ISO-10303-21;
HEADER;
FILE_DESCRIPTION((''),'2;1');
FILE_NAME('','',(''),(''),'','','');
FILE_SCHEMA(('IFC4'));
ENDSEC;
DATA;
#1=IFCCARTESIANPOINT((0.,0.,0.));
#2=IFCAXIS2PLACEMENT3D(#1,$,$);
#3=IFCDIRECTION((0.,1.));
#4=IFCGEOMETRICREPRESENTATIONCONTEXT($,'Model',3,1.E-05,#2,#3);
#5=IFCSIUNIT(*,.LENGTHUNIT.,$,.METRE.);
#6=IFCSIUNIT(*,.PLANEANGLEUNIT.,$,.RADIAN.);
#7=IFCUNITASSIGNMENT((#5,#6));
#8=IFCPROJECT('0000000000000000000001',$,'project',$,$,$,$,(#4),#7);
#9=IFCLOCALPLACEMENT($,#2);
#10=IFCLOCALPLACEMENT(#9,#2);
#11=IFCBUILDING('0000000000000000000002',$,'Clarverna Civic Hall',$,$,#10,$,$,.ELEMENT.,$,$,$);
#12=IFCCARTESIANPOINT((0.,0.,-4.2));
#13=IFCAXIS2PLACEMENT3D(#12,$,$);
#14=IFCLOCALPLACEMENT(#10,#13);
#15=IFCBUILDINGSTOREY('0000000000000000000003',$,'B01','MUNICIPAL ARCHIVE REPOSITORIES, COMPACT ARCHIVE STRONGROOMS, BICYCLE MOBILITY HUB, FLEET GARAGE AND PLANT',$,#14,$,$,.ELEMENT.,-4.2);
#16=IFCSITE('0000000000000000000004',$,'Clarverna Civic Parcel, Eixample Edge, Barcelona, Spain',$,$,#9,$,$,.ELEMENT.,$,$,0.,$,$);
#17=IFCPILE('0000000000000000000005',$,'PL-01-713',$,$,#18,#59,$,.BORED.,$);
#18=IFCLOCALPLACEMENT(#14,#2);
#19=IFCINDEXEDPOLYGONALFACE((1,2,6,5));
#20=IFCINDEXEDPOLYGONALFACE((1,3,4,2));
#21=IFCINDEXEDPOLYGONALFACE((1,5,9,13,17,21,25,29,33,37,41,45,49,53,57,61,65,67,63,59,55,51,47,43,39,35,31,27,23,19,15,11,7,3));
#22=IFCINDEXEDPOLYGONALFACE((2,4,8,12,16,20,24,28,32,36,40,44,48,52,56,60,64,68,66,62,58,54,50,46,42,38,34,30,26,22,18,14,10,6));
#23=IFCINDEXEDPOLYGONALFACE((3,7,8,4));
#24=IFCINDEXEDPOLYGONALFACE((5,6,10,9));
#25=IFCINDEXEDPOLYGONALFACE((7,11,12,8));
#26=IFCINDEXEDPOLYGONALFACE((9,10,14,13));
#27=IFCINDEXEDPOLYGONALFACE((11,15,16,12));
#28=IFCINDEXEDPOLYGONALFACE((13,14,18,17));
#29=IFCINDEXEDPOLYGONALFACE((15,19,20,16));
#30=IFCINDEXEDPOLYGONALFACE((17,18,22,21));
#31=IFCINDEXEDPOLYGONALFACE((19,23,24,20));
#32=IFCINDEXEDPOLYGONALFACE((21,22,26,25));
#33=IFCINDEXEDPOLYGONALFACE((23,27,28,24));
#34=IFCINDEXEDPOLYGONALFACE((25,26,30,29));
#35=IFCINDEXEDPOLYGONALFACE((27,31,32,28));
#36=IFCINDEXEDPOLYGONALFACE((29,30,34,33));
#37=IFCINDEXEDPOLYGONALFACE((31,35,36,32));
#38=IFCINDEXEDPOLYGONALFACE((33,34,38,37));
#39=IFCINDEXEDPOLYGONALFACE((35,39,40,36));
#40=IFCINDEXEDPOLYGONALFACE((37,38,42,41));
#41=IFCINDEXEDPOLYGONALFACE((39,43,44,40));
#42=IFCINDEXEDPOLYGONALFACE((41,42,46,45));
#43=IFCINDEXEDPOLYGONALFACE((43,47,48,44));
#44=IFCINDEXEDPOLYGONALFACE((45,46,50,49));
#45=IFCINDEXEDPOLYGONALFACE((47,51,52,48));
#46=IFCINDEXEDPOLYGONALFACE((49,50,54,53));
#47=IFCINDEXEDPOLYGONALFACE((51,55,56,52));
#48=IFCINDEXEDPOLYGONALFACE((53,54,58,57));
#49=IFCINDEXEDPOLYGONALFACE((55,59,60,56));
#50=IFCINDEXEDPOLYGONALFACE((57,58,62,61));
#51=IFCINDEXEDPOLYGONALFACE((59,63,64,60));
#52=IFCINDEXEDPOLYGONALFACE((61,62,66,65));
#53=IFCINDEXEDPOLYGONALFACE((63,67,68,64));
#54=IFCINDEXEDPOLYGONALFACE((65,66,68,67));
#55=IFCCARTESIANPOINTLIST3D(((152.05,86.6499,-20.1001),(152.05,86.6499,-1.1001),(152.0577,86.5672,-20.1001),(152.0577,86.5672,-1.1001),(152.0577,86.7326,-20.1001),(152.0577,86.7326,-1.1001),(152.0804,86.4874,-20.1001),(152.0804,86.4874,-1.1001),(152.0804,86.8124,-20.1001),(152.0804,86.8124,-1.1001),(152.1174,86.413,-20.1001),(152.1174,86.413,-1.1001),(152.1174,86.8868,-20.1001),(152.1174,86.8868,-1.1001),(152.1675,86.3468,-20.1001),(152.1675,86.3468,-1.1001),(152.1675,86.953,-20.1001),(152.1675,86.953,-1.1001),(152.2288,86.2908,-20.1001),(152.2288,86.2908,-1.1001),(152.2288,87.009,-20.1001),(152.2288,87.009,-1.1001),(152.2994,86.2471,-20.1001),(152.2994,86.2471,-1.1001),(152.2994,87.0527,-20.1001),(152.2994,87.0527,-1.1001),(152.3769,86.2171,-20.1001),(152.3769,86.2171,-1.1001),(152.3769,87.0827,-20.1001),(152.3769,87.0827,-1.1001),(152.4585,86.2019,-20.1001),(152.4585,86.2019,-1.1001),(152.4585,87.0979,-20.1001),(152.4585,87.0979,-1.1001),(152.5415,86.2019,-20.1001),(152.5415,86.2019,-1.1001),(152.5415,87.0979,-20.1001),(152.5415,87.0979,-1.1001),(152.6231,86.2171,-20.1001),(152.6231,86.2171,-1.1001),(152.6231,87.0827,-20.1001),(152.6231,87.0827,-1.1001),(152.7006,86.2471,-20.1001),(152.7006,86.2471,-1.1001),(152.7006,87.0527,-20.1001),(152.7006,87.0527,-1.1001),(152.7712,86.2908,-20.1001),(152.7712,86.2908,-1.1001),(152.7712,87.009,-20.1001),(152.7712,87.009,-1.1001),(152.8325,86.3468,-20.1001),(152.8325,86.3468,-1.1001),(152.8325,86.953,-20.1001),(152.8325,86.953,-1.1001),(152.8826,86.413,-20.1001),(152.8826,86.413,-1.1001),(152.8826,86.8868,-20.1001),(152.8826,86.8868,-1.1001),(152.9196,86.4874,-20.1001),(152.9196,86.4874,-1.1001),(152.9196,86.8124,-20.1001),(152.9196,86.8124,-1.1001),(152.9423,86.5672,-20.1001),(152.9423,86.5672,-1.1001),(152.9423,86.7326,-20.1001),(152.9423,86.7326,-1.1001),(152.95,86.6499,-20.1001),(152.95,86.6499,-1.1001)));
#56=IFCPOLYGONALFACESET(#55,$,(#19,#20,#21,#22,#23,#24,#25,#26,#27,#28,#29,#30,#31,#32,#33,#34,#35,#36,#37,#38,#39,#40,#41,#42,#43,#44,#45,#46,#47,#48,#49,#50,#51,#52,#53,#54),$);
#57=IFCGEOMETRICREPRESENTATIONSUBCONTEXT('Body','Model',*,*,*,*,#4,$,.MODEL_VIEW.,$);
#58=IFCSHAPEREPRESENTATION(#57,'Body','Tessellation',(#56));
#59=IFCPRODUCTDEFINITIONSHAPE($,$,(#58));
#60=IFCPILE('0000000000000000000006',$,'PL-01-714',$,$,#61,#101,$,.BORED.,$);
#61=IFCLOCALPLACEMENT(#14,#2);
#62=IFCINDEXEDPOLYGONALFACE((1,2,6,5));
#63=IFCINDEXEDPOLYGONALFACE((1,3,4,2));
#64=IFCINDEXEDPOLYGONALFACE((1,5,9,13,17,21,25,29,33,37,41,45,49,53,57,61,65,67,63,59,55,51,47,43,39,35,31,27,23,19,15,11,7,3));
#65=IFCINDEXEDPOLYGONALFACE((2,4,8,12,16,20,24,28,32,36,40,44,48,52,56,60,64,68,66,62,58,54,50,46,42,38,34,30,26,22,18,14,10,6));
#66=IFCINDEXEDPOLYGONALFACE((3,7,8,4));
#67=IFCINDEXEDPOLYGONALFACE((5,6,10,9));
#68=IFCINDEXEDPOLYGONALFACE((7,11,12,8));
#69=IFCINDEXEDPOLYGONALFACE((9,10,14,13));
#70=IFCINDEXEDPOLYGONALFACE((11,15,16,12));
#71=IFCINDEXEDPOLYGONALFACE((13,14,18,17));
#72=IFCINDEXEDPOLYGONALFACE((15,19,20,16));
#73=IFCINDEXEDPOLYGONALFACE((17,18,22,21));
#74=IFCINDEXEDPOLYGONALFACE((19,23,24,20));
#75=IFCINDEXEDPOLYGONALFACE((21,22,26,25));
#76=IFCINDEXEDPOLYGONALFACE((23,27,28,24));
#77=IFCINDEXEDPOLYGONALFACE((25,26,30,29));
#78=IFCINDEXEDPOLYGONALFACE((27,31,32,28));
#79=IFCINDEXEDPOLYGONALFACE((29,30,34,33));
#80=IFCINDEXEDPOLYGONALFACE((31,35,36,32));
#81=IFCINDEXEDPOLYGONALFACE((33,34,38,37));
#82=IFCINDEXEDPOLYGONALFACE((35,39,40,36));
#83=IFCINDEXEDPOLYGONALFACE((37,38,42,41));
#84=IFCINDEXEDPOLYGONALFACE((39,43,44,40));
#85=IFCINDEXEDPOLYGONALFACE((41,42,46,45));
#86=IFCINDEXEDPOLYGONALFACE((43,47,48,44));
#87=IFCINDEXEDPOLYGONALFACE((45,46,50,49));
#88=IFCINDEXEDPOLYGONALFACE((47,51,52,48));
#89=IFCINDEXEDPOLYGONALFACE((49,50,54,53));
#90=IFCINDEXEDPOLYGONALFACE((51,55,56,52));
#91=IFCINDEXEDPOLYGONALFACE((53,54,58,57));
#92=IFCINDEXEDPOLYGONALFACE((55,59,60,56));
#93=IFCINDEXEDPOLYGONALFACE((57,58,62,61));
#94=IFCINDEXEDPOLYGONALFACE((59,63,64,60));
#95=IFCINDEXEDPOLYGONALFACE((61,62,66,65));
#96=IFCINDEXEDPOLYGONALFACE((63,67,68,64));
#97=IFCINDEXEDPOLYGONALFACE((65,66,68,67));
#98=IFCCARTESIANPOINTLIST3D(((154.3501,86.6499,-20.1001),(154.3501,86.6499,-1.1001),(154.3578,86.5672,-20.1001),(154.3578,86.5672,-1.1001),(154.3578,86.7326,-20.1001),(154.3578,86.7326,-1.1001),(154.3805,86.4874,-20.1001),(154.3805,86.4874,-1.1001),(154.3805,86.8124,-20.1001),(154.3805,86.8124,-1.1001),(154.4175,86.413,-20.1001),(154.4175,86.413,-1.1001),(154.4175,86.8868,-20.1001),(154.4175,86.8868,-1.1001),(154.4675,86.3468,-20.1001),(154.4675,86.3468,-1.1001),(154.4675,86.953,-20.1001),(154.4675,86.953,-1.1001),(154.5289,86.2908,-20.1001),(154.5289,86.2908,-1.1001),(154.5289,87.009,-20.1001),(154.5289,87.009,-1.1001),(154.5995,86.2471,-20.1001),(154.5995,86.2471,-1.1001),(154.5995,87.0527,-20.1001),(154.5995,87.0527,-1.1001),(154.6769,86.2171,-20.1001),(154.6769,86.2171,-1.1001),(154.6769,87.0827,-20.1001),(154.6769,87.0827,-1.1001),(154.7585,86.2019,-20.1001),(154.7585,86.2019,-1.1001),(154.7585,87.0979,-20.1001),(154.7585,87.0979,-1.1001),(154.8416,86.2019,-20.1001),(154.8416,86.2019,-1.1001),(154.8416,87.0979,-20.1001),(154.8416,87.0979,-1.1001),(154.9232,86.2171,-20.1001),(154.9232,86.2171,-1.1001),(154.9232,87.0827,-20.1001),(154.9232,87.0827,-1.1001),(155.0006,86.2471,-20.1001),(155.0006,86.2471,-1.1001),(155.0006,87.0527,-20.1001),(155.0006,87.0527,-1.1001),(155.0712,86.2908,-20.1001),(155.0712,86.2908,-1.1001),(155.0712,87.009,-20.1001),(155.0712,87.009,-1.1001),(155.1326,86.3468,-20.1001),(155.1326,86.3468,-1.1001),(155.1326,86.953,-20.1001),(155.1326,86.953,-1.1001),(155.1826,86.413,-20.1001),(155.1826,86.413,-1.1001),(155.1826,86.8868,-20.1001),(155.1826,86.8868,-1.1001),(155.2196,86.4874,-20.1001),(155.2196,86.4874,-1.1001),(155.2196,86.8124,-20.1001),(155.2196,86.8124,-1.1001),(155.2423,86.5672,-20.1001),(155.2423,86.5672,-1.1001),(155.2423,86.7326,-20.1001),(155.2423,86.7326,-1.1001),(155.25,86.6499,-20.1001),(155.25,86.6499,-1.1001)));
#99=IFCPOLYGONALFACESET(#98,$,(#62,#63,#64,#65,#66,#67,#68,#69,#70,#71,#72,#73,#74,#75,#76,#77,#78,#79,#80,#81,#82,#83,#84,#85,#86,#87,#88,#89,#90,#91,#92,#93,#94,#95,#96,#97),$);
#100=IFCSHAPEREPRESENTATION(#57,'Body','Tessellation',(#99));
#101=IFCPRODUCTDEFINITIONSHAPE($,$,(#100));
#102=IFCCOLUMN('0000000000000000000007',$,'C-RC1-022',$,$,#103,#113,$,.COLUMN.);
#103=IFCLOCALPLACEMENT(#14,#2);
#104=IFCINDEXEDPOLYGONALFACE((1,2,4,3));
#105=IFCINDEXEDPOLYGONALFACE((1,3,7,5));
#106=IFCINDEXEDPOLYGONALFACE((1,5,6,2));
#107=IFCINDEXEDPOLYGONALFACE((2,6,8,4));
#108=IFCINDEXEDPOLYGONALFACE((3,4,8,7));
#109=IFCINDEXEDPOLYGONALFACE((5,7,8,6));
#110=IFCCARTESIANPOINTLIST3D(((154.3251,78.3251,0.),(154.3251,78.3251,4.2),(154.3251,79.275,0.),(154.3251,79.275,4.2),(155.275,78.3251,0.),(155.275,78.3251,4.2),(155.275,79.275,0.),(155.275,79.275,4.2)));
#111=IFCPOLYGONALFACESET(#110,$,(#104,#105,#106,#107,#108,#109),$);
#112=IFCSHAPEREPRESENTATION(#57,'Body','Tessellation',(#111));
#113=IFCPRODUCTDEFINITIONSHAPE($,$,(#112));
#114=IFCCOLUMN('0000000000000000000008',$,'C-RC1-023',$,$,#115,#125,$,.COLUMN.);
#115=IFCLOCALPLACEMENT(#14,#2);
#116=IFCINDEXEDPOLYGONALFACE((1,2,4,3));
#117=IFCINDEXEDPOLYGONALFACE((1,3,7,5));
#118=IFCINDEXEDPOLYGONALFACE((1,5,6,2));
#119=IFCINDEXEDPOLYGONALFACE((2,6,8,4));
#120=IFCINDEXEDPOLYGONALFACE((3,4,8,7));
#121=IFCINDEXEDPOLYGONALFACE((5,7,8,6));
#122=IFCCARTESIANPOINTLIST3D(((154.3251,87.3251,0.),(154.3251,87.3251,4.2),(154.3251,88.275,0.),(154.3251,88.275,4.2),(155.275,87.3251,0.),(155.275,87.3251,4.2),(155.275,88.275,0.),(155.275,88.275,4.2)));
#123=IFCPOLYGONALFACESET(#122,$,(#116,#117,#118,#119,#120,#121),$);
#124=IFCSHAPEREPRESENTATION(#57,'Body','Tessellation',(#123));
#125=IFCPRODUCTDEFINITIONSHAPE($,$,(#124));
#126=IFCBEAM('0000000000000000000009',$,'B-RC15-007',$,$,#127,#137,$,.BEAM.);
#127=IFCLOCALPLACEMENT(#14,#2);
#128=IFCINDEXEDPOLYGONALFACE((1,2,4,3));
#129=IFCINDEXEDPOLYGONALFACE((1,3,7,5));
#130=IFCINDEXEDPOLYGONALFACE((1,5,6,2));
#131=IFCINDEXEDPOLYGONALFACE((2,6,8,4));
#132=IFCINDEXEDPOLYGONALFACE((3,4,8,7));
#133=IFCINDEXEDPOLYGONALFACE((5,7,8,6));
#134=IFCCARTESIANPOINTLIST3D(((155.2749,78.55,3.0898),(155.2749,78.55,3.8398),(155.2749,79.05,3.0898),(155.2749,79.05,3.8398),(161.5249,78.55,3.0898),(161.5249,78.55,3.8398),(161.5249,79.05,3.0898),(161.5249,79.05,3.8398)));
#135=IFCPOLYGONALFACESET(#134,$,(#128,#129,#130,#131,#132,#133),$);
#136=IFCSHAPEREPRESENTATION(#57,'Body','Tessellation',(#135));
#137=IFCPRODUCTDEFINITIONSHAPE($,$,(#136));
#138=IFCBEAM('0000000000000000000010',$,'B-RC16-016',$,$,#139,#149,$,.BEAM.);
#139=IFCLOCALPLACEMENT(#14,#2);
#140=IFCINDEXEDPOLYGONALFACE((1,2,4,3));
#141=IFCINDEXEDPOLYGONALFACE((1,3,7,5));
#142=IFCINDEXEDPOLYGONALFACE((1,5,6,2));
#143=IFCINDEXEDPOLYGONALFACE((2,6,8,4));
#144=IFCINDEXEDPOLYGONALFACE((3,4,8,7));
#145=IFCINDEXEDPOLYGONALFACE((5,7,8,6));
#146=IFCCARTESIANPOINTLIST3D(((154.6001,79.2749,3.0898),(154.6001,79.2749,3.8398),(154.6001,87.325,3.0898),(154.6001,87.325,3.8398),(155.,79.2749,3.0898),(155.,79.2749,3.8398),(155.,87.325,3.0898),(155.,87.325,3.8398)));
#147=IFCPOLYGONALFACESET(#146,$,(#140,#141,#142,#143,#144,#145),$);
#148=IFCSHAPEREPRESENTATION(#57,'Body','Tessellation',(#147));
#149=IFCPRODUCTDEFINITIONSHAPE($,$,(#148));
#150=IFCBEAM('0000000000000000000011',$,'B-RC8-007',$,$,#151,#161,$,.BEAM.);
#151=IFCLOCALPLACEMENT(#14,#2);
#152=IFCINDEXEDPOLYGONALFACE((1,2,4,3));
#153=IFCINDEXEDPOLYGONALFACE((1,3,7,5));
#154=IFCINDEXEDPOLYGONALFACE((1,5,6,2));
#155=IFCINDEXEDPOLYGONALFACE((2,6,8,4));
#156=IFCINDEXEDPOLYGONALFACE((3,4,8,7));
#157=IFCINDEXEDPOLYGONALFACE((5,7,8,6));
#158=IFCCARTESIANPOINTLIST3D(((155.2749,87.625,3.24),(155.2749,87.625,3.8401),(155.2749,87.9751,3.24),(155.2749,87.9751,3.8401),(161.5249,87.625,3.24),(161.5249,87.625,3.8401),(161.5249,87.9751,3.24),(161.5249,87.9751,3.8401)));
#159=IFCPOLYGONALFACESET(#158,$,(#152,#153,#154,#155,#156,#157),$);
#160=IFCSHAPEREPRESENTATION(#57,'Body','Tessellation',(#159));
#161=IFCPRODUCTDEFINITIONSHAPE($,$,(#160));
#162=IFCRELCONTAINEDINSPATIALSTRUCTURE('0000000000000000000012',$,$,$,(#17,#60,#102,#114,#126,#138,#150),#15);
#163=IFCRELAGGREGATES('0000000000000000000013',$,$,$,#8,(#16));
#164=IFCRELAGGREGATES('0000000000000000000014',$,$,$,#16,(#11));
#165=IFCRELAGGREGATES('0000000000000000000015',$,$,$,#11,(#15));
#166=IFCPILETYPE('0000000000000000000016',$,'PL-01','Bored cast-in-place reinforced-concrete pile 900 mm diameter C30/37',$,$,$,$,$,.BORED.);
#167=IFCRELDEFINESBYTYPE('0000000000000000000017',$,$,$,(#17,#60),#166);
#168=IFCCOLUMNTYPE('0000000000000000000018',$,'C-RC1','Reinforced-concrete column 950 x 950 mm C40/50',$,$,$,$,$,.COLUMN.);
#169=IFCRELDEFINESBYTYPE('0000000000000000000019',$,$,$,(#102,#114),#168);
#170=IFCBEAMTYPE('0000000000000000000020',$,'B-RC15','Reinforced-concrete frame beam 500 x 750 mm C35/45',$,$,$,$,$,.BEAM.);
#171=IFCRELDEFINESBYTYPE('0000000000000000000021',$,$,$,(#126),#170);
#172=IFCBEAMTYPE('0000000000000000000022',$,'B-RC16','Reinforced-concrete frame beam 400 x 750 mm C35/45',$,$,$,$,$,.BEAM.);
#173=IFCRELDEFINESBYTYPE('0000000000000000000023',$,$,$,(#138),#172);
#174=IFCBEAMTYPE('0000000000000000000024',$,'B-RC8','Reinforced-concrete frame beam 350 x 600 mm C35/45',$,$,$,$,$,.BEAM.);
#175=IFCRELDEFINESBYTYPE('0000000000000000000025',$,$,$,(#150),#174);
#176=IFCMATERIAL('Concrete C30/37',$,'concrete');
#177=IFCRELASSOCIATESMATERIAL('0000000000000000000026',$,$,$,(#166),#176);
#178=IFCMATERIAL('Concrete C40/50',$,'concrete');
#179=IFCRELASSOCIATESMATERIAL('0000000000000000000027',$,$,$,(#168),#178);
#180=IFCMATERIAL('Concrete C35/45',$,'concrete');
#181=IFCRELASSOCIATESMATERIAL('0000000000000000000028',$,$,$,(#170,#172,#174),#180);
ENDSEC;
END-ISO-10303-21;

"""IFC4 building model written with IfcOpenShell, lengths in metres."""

from ifc_helpers import new_model, si_unit, direction, frame, origin, origin_2d, place, context, subcontext, project, spatial, rectangle, circle, extrude, material, material_profile, profile_set, type_object, element, save


model = new_model("IFC4")

# Units and contexts
model_context = context("Model", 3, precision=1e-05, world=origin(), true_north=direction((0.0, 1.0)))
body_context = subcontext(model_context, "Body", "Model", "MODEL_VIEW")
ifc_project = project(units=[si_unit("LENGTHUNIT", "METRE"), si_unit("PLANEANGLEUNIT", "RADIAN")], contexts=[model_context])

# Site, building, storey
site_placement = place(None, origin())
site = spatial("IfcSite", under=ifc_project, at=site_placement, Name="Clarverna Civic Parcel, Eixample Edge, Barcelona, Spain", CompositionType="ELEMENT", RefElevation=0.0)
building_placement = place(site_placement, origin())
building = spatial("IfcBuilding", under=site, at=building_placement, Name="Clarverna Civic Hall", CompositionType="ELEMENT")
storey_placement = place(building_placement, frame((0.0, 0.0, -4.2)))
storey = spatial("IfcBuildingStorey", under=building, at=storey_placement, Name="B01", Description="MUNICIPAL ARCHIVE REPOSITORIES, COMPACT ARCHIVE STRONGROOMS, BICYCLE MOBILITY HUB, FLEET GARAGE AND PLANT", CompositionType="ELEMENT", Elevation=-4.2)

# Shared definitions
ifc_material_1 = material(Name="Concrete C30/37", Category="concrete")

# Piles
ifc_material_profile_1 = material_profile(ifc_material_1, circle(Radius=0.45, at=origin_2d()), Name="BORED PILE D900")
ifc_profile_set_1 = profile_set([ifc_material_profile_1], Name="Concrete C30/37")
pile_type = type_object("IfcPileType", Name="PL-01", Description="Bored cast-in-place reinforced-concrete pile 900 mm diameter C30/37", PredefinedType="BORED", material=ifc_profile_set_1)
for number, where, z_axis, x_axis, name in (
    (1, (152.5, 86.6499, -1.1001), (0.0, 0.0, -1.0), (1.0, 0.0, 0.0), "PL-01-713"),
    (2, (154.8, 86.6499, -1.1001), (0.0, 0.0, -1.0), (1.0, 0.0, 0.0), "PL-01-714"),
):
    element("IfcPile", number, at=place(storey_placement, frame(where, z_axis=z_axis, x_axis=x_axis)), inside=storey, type_object=pile_type, Name=name, PredefinedType="BORED", context=body_context, shape_type="SweptSolid", body=[
        extrude(circle(Radius=0.45, at=origin_2d()), origin(), (0.0, 0.0, 1.0), 19.0),
    ])

# Columns
ifc_material_2 = material(Name="Concrete C40/50", Category="concrete")
ifc_material_profile_2 = material_profile(ifc_material_2, rectangle(XDim=0.95, YDim=0.95, at=origin_2d()), Name="RC 950x950")
ifc_profile_set_2 = profile_set([ifc_material_profile_2], Name="Concrete C40/50")
column_type = type_object("IfcColumnType", Name="C-RC1", Description="Reinforced-concrete column 950 x 950 mm C40/50", PredefinedType="COLUMN", material=ifc_profile_set_2)
for number, where, z_axis, x_axis, name in (
    (3, (154.8, 78.8, 0.0), (0.0, 0.0, 1.0), (1.0, 0.0, 0.0), "C-RC1-022"),
    (4, (154.8, 87.8, 0.0), (0.0, 0.0, 1.0), (1.0, 0.0, 0.0), "C-RC1-023"),
):
    element("IfcColumn", number, at=place(storey_placement, frame(where, z_axis=z_axis, x_axis=x_axis)), inside=storey, type_object=column_type, Name=name, PredefinedType="COLUMN", context=body_context, shape_type="SweptSolid", body=[
        extrude(rectangle(XDim=0.95, YDim=0.95, at=origin_2d()), origin(), (0.0, 0.0, 1.0), 4.2),
    ])

# Beams
ifc_material_3 = material(Name="Concrete C35/45", Category="concrete")
ifc_material_profile_3 = material_profile(ifc_material_3, rectangle(XDim=0.5, YDim=0.75, at=origin_2d()), Name="RC 500x750")
ifc_profile_set_3 = profile_set([ifc_material_profile_3], Name="Concrete C35/45")
beam_type_1 = type_object("IfcBeamType", Name="B-RC15", Description="Reinforced-concrete frame beam 500 x 750 mm C35/45", PredefinedType="BEAM", material=ifc_profile_set_3)
beam_1_placement = place(storey_placement, frame((155.2749, 78.8, 3.4648), z_axis=(1.0, 0.0, 0.0), x_axis=(0.0, 1.0, 0.0)))
element("IfcBeam", 5, at=beam_1_placement, inside=storey, type_object=beam_type_1, Name="B-RC15-007", PredefinedType="BEAM", context=body_context, shape_type="SweptSolid", body=[
    extrude(rectangle(XDim=0.5, YDim=0.75, at=origin_2d()), origin(), (0.0, 0.0, 1.0), 6.25),
])
ifc_material_profile_4 = material_profile(ifc_material_3, rectangle(XDim=0.3999, YDim=0.75, at=origin_2d()), Name="RC 400x750")
ifc_profile_set_4 = profile_set([ifc_material_profile_4], Name="Concrete C35/45")
beam_type_2 = type_object("IfcBeamType", Name="B-RC16", Description="Reinforced-concrete frame beam 400 x 750 mm C35/45", PredefinedType="BEAM", material=ifc_profile_set_4)
beam_2_placement = place(storey_placement, frame((154.8, 79.2749, 3.4648), z_axis=(0.0, 1.0, 0.0), x_axis=(-1.0, 0.0, 0.0)))
element("IfcBeam", 6, at=beam_2_placement, inside=storey, type_object=beam_type_2, Name="B-RC16-016", PredefinedType="BEAM", context=body_context, shape_type="SweptSolid", body=[
    extrude(rectangle(XDim=0.3999, YDim=0.75, at=origin_2d()), origin(), (0.0, 0.0, 1.0), 8.05),
])
ifc_material_profile_5 = material_profile(ifc_material_3, rectangle(XDim=0.3501, YDim=0.6001, at=origin_2d()), Name="RC 350x600")
ifc_profile_set_5 = profile_set([ifc_material_profile_5], Name="Concrete C35/45")
beam_type_3 = type_object("IfcBeamType", Name="B-RC8", Description="Reinforced-concrete frame beam 350 x 600 mm C35/45", PredefinedType="BEAM", material=ifc_profile_set_5)
beam_3_placement = place(storey_placement, frame((155.2749, 87.8, 3.54), z_axis=(1.0, 0.0, 0.0), x_axis=(0.0, 1.0, 0.0)))
element("IfcBeam", 7, at=beam_3_placement, inside=storey, type_object=beam_type_3, Name="B-RC8-007", PredefinedType="BEAM", context=body_context, shape_type="SweptSolid", body=[
    extrude(rectangle(XDim=0.3501, YDim=0.6001, at=origin_2d()), origin(), (0.0, 0.0, 1.0), 6.25),
])

save(model, "model.ifc")
